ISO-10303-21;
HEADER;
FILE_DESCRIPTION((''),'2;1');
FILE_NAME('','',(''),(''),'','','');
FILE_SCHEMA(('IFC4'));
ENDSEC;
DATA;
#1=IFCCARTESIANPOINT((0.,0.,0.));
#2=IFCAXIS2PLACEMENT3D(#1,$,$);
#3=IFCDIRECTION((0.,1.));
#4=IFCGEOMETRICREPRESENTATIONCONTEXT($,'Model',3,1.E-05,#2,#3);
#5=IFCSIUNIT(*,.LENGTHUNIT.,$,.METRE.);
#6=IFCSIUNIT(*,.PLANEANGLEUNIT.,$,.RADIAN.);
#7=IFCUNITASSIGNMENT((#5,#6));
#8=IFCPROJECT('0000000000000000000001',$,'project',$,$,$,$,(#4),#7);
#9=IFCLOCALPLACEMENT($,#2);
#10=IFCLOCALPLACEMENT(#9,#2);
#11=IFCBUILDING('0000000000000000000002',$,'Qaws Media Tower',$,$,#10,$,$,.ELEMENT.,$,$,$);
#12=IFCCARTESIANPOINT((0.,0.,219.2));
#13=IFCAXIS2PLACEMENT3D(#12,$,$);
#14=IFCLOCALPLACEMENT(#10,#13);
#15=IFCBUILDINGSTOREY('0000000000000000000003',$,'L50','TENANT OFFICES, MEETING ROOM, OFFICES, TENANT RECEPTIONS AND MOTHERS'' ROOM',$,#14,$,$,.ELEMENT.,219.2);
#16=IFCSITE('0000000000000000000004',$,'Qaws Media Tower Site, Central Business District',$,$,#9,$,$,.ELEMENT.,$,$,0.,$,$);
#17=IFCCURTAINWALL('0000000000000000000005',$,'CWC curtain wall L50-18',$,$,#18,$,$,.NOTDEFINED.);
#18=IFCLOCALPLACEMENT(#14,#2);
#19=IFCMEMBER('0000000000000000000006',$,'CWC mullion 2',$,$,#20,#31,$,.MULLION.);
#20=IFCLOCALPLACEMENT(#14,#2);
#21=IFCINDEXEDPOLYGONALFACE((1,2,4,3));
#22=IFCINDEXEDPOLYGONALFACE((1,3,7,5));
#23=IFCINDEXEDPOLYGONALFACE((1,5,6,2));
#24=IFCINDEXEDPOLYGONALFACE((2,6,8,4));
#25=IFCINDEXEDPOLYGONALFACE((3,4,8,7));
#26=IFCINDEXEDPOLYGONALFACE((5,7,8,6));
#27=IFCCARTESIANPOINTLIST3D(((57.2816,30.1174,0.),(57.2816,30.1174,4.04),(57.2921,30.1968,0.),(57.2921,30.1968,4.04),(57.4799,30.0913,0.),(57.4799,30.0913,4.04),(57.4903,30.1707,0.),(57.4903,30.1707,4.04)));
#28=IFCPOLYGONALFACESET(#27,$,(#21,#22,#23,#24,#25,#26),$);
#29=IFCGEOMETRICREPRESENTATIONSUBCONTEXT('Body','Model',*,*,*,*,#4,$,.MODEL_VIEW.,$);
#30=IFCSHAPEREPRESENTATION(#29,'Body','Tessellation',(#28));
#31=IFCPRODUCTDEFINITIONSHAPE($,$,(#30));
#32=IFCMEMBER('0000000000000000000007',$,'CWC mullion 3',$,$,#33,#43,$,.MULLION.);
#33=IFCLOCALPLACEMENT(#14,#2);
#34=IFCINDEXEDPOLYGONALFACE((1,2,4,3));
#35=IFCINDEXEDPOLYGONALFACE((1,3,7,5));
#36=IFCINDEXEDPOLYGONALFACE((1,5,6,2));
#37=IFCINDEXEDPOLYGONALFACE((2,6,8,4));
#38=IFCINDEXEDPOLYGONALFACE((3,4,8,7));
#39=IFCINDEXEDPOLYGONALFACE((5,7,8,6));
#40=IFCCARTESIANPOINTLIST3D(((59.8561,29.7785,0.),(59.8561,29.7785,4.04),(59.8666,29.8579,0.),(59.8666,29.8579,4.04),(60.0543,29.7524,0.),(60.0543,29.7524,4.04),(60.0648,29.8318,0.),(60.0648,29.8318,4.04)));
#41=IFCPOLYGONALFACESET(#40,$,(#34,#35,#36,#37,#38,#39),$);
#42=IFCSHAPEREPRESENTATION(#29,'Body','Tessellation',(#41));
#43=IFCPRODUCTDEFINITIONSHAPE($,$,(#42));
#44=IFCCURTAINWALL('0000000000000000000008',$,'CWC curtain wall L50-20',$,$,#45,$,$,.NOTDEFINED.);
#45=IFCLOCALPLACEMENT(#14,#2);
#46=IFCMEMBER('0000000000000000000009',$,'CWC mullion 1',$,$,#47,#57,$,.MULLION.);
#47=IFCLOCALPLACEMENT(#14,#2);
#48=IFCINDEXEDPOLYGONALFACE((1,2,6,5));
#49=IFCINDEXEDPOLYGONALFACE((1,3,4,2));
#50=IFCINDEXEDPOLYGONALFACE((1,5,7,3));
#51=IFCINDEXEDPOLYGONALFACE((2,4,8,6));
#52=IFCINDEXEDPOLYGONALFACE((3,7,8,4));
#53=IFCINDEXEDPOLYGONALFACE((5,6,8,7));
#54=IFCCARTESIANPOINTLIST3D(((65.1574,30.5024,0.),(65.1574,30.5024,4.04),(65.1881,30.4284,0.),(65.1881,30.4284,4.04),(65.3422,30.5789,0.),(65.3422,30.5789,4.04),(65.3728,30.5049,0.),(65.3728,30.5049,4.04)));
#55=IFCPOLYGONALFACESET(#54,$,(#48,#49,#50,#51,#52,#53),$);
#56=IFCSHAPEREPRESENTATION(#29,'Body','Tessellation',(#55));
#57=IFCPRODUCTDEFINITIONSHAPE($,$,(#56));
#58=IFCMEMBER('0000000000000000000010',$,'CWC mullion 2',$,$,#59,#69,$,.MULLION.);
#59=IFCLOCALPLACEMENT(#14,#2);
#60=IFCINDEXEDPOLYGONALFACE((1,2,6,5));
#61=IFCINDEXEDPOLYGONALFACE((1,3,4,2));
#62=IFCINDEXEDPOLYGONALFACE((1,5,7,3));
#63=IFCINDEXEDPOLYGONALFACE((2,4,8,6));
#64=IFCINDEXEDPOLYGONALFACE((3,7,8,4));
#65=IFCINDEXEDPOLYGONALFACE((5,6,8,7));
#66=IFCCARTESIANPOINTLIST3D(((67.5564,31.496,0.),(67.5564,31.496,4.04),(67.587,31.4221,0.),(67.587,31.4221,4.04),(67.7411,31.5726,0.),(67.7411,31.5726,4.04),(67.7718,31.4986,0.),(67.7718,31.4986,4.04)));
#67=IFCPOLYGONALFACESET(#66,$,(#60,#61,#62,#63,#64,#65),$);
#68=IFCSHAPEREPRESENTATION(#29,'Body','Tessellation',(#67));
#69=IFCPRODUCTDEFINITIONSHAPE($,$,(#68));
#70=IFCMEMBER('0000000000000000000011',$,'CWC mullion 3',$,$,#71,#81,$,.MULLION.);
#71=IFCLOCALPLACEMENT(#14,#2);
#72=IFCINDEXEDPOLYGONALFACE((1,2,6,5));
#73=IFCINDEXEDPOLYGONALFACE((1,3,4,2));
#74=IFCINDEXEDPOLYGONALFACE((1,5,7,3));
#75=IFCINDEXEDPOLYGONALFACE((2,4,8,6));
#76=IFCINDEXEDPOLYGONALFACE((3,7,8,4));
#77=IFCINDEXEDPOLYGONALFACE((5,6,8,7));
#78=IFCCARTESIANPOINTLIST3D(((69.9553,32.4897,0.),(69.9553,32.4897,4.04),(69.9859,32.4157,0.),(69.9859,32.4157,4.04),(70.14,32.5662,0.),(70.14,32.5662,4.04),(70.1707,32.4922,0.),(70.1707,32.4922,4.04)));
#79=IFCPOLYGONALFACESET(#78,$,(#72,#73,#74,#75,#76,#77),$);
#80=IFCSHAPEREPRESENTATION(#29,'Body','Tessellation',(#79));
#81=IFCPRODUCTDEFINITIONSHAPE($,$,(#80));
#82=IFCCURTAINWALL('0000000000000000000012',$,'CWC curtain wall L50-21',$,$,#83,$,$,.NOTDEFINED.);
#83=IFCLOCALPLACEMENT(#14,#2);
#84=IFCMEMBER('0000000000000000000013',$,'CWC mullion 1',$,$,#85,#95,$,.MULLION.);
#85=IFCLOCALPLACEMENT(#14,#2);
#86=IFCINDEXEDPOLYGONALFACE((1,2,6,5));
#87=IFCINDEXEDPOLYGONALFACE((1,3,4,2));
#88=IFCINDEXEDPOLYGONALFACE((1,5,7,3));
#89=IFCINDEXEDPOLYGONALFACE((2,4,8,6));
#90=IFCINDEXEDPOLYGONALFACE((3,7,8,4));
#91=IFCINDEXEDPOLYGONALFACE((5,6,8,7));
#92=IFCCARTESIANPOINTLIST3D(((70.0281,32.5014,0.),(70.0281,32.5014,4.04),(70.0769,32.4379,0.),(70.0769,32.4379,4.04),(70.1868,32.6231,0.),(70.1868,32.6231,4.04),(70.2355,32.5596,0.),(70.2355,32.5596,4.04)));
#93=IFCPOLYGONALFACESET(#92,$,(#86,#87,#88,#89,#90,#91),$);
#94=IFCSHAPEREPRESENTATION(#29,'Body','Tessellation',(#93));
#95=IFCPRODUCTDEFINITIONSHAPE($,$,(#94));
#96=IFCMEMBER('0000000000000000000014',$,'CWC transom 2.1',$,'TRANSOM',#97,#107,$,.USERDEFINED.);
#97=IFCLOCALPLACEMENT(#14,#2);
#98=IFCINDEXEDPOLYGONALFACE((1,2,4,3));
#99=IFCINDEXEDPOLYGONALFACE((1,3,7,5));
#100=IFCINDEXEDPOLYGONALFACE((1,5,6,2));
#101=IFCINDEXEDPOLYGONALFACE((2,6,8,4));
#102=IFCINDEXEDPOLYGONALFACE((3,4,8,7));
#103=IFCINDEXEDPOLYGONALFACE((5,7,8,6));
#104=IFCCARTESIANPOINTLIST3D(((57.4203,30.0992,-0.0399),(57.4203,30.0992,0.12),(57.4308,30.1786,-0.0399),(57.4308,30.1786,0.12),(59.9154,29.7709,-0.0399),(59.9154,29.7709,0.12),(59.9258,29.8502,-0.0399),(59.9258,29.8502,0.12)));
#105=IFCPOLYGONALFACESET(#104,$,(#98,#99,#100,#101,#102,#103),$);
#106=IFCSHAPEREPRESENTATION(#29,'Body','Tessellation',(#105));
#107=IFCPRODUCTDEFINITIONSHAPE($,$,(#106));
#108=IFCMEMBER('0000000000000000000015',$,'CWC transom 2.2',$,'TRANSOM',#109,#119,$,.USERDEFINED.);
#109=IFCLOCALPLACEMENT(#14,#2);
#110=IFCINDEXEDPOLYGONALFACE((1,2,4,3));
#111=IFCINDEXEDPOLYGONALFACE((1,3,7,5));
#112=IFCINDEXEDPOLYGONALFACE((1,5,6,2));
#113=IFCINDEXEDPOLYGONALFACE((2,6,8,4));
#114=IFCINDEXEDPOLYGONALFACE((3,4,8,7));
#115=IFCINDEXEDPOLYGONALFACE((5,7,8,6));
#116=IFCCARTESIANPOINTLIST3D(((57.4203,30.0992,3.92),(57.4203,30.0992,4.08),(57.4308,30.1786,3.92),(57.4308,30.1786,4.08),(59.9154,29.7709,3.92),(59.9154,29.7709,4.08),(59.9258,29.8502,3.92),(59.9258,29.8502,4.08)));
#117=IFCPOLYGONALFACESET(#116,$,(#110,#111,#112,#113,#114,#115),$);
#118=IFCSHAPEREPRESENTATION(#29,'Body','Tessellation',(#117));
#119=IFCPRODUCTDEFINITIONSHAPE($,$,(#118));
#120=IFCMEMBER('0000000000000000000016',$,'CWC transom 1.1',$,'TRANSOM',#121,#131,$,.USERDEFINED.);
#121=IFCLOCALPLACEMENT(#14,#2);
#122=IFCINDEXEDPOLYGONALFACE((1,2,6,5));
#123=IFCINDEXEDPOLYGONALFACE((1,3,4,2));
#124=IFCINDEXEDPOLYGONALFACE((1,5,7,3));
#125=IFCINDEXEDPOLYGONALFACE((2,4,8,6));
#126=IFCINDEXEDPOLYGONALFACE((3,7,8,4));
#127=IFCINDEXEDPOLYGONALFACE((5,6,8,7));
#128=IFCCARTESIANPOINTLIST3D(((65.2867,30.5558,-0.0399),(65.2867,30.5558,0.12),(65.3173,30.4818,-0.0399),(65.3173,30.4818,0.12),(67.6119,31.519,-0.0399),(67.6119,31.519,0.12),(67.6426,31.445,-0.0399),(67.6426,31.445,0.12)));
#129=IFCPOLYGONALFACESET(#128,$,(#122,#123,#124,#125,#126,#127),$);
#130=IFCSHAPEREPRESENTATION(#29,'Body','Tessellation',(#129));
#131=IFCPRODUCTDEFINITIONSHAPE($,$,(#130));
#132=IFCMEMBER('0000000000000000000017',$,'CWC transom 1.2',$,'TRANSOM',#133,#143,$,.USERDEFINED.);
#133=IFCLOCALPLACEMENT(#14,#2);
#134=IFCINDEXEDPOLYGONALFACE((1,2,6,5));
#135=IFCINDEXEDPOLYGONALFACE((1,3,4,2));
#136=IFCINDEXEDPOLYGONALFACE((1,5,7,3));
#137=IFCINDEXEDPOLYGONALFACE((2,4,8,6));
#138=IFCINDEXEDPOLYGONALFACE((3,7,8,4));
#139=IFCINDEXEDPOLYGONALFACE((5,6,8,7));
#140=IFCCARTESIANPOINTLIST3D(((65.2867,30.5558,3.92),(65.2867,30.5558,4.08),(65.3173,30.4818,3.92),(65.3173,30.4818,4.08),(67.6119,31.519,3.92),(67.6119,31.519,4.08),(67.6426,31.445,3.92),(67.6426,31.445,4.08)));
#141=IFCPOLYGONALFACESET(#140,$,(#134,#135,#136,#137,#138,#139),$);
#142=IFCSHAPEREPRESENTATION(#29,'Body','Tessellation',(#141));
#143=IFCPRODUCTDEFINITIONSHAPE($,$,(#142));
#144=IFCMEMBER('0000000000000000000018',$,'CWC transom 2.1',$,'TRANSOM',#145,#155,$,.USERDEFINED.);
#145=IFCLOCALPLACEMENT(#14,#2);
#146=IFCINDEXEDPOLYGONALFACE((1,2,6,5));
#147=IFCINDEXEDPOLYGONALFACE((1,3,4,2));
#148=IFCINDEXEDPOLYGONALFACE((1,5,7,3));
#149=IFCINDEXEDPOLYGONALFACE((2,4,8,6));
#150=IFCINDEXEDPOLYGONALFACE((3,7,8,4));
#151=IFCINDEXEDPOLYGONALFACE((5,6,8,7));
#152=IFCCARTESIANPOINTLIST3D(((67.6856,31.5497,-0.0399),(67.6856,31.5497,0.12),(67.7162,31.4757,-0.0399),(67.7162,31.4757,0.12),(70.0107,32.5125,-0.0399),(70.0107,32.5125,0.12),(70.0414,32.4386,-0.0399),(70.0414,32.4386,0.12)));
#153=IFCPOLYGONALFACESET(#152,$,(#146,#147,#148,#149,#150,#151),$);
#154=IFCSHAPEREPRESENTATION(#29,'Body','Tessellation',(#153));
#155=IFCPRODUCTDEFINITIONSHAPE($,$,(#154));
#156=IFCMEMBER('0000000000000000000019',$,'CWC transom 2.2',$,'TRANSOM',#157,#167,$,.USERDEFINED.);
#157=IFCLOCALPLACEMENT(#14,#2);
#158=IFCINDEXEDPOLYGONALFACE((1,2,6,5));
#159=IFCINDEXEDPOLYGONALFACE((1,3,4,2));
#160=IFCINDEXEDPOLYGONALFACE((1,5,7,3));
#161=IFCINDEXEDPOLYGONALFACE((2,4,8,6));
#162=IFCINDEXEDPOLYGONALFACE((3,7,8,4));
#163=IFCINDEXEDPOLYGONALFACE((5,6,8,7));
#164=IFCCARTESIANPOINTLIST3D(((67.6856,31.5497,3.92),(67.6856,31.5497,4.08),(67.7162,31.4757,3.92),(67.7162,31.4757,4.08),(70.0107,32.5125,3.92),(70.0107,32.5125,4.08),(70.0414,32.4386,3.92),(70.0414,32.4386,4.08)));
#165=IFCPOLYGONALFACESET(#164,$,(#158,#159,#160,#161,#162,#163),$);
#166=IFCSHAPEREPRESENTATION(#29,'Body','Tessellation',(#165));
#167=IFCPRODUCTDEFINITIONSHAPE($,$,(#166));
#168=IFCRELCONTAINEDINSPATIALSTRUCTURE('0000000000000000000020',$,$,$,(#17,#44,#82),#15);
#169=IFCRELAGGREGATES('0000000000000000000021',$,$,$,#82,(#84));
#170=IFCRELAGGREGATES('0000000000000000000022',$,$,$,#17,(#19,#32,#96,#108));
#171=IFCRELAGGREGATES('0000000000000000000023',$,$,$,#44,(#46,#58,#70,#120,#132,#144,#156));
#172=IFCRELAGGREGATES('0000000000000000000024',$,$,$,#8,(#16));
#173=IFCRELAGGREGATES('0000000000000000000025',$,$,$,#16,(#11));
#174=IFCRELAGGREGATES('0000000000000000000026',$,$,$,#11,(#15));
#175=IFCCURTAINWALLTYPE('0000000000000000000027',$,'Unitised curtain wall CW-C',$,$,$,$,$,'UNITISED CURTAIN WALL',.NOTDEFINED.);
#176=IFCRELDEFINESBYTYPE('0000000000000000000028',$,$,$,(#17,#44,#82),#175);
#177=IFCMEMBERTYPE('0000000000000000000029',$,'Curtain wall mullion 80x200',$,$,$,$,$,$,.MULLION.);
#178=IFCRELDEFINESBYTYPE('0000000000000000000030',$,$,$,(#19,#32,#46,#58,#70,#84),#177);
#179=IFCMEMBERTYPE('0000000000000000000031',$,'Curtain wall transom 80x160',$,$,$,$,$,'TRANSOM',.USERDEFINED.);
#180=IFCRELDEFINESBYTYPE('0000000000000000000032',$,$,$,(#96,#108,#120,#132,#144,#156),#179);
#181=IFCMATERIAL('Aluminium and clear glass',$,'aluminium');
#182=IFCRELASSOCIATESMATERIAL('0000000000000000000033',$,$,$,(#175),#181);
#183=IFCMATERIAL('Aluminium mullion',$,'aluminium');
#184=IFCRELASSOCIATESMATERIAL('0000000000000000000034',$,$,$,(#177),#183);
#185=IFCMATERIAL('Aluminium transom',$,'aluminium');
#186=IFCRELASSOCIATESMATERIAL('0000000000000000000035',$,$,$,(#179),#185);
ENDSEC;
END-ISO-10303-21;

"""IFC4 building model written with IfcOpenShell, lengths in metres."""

from ifc_helpers import new_model, si_unit, direction, frame, origin, origin_2d, place, context, subcontext, project, spatial, rectangle, extrude, material, material_profile, profile_set, type_object, element, aggregate, save


model = new_model("IFC4")

# Units and contexts
model_context = context("Model", 3, precision=1e-05, world=origin(), true_north=direction((0.0, 1.0)))
body_context = subcontext(model_context, "Body", "Model", "MODEL_VIEW")
ifc_project = project(units=[si_unit("LENGTHUNIT", "METRE"), si_unit("PLANEANGLEUNIT", "RADIAN")], contexts=[model_context])

# Site, building, storey
site_placement = place(None, origin())
site = spatial("IfcSite", under=ifc_project, at=site_placement, Name="Qaws Media Tower Site, Central Business District", CompositionType="ELEMENT", RefElevation=0.0)
building_placement = place(site_placement, origin())
building = spatial("IfcBuilding", under=site, at=building_placement, Name="Qaws Media Tower", CompositionType="ELEMENT")
storey_placement = place(building_placement, frame((0.0, 0.0, 219.2)))
storey = spatial("IfcBuildingStorey", under=building, at=storey_placement, Name="L50", Description="TENANT OFFICES, MEETING ROOM, OFFICES, TENANT RECEPTIONS AND MOTHERS' ROOM", CompositionType="ELEMENT", Elevation=219.2)

# Curtain walls, members
ifc_material_1 = material(Name="Aluminium and clear glass", Category="aluminium")
curtain_wall_type = type_object("IfcCurtainWallType", Name="Unitised curtain wall CW-C", ElementType="UNITISED CURTAIN WALL", PredefinedType="NOTDEFINED", material=ifc_material_1)
curtain_wall_1_placement = place(storey_placement, origin())
curtain_wall_1 = element("IfcCurtainWall", 1, at=curtain_wall_1_placement, inside=storey, type_object=curtain_wall_type, Name="CWC curtain wall L50-18", PredefinedType="NOTDEFINED")
ifc_material_2 = material(Name="Aluminium mullion", Category="aluminium")
ifc_material_profile_1 = material_profile(ifc_material_2, rectangle(XDim=0.0801, YDim=0.2, at=origin_2d()), Name="80x200")
ifc_profile_set_1 = profile_set([ifc_material_profile_1], Name="Aluminium mullion")
member_type_1 = type_object("IfcMemberType", Name="Curtain wall mullion 80x200", PredefinedType="MULLION", material=ifc_profile_set_1)
member_1_placement = place(storey_placement, frame((57.386, 30.144, 0.0), z_axis=(0.0, 0.0, 1.0), x_axis=(0.130526, 0.991445, 0.0)))
member_1 = element("IfcMember", 2, at=member_1_placement, type_object=member_type_1, Name="CWC mullion 2", PredefinedType="MULLION", context=body_context, shape_type="SweptSolid", body=[
    extrude(rectangle(XDim=0.0801, YDim=0.2, at=origin_2d()), origin(), (0.0, 0.0, 1.0), 4.04),
])
member_2_placement = place(storey_placement, frame((59.9604, 29.8052, 0.0), z_axis=(0.0, 0.0, 1.0), x_axis=(0.130526, 0.991445, 0.0)))
member_2 = element("IfcMember", 3, at=member_2_placement, type_object=member_type_1, Name="CWC mullion 3", PredefinedType="MULLION", context=body_context, shape_type="SweptSolid", body=[
    extrude(rectangle(XDim=0.0801, YDim=0.2, at=origin_2d()), origin(), (0.0, 0.0, 1.0), 4.04),
])
curtain_wall_2_placement = place(storey_placement, origin())
curtain_wall_2 = element("IfcCurtainWall", 4, at=curtain_wall_2_placement, inside=storey, type_object=curtain_wall_type, Name="CWC curtain wall L50-20", PredefinedType="NOTDEFINED")
member_3_placement = place(storey_placement, frame((65.2651, 30.5037, 0.0), z_axis=(0.0, 0.0, 1.0), x_axis=(-0.382684, 0.923879, 0.0)))
member_3 = element("IfcMember", 5, at=member_3_placement, type_object=member_type_1, Name="CWC mullion 1", PredefinedType="MULLION", context=body_context, shape_type="SweptSolid", body=[
    extrude(rectangle(XDim=0.0801, YDim=0.2, at=origin_2d()), origin(), (0.0, 0.0, 1.0), 4.04),
])
member_4_placement = place(storey_placement, frame((67.6641, 31.4973, 0.0), z_axis=(0.0, 0.0, 1.0), x_axis=(-0.382684, 0.923879, 0.0)))
member_4 = element("IfcMember", 6, at=member_4_placement, type_object=member_type_1, Name="CWC mullion 2", PredefinedType="MULLION", context=body_context, shape_type="SweptSolid", body=[
    extrude(rectangle(XDim=0.0801, YDim=0.2, at=origin_2d()), origin(), (0.0, 0.0, 1.0), 4.04),
])
member_5_placement = place(storey_placement, frame((70.063, 32.491, 0.0), z_axis=(0.0, 0.0, 1.0), x_axis=(-0.382684, 0.923879, 0.0)))
member_5 = element("IfcMember", 7, at=member_5_placement, type_object=member_type_1, Name="CWC mullion 3", PredefinedType="MULLION", context=body_context, shape_type="SweptSolid", body=[
    extrude(rectangle(XDim=0.0801, YDim=0.2, at=origin_2d()), origin(), (0.0, 0.0, 1.0), 4.04),
])

# Curtain wall, member
curtain_wall_3_placement = place(storey_placement, origin())
curtain_wall_3 = element("IfcCurtainWall", 8, at=curtain_wall_3_placement, inside=storey, type_object=curtain_wall_type, Name="CWC curtain wall L50-21", PredefinedType="NOTDEFINED")
member_6_placement = place(storey_placement, frame((70.1318, 32.5305, 0.0), z_axis=(0.0, 0.0, 1.0), x_axis=(-0.608761, 0.793353, 0.0)))
member_6 = element("IfcMember", 9, at=member_6_placement, type_object=member_type_1, Name="CWC mullion 1", PredefinedType="MULLION", context=body_context, shape_type="SweptSolid", body=[
    extrude(rectangle(XDim=0.0801, YDim=0.2, at=origin_2d()), origin(), (0.0, 0.0, 1.0), 4.04),
])
aggregate(curtain_wall_3, [member_6])

# Members
ifc_material_3 = material(Name="Aluminium transom", Category="aluminium")
ifc_material_profile_2 = material_profile(ifc_material_3, rectangle(XDim=0.0801, YDim=0.1599, at=origin_2d()), Name="80x160")
ifc_profile_set_2 = profile_set([ifc_material_profile_2], Name="Aluminium transom")
member_type_2 = type_object("IfcMemberType", Name="Curtain wall transom 80x160", ElementType="TRANSOM", PredefinedType="USERDEFINED", material=ifc_profile_set_2)
member_7_placement = place(storey_placement, frame((57.4255, 30.1389, 0.04), z_axis=(0.991451, -0.13048, 0.0), x_axis=(0.13048, 0.991451, 0.0)))
member_7 = element("IfcMember", 10, at=member_7_placement, type_object=member_type_2, Name="CWC transom 2.1", ObjectType="TRANSOM", PredefinedType="USERDEFINED", context=body_context, shape_type="SweptSolid", body=[
    extrude(rectangle(XDim=0.0801, YDim=0.1599, at=origin_2d()), origin(), (0.0, 0.0, 1.0), 2.5166),
])
member_8_placement = place(storey_placement, frame((57.4255, 30.1389, 4.0), z_axis=(0.991451, -0.13048, 0.0), x_axis=(0.13048, 0.991451, 0.0)))
member_8 = element("IfcMember", 11, at=member_8_placement, type_object=member_type_2, Name="CWC transom 2.2", ObjectType="TRANSOM", PredefinedType="USERDEFINED", context=body_context, shape_type="SweptSolid", body=[
    extrude(rectangle(XDim=0.0801, YDim=0.1599, at=origin_2d()), origin(), (0.0, 0.0, 1.0), 2.5166),
])
member_9_placement = place(storey_placement, frame((65.302, 30.5188, 0.04), z_axis=(0.923879, 0.382686, 0.0), x_axis=(-0.382686, 0.923879, 0.0)))
member_9 = element("IfcMember", 12, at=member_9_placement, type_object=member_type_2, Name="CWC transom 1.1", ObjectType="TRANSOM", PredefinedType="USERDEFINED", context=body_context, shape_type="SweptSolid", body=[
    extrude(rectangle(XDim=0.0801, YDim=0.1599, at=origin_2d()), origin(), (0.0, 0.0, 1.0), 2.5168),
])
member_10_placement = place(storey_placement, frame((65.302, 30.5188, 4.0), z_axis=(0.923879, 0.382686, 0.0), x_axis=(-0.382686, 0.923879, 0.0)))
member_10 = element("IfcMember", 13, at=member_10_placement, type_object=member_type_2, Name="CWC transom 1.2", ObjectType="TRANSOM", PredefinedType="USERDEFINED", context=body_context, shape_type="SweptSolid", body=[
    extrude(rectangle(XDim=0.0801, YDim=0.1599, at=origin_2d()), origin(), (0.0, 0.0, 1.0), 2.5168),
])
member_11_placement = place(storey_placement, frame((67.7009, 31.5127, 0.04), z_axis=(0.923913, 0.382603, 0.0), x_axis=(-0.382603, 0.923913, 0.0)))
member_11 = element("IfcMember", 14, at=member_11_placement, type_object=member_type_2, Name="CWC transom 2.1", ObjectType="TRANSOM", PredefinedType="USERDEFINED", context=body_context, shape_type="SweptSolid", body=[
    extrude(rectangle(XDim=0.0801, YDim=0.1599, at=origin_2d()), origin(), (0.0, 0.0, 1.0), 2.5166),
])
member_12_placement = place(storey_placement, frame((67.7009, 31.5127, 4.0), z_axis=(0.923913, 0.382603, 0.0), x_axis=(-0.382603, 0.923913, 0.0)))
member_12 = element("IfcMember", 15, at=member_12_placement, type_object=member_type_2, Name="CWC transom 2.2", ObjectType="TRANSOM", PredefinedType="USERDEFINED", context=body_context, shape_type="SweptSolid", body=[
    extrude(rectangle(XDim=0.0801, YDim=0.1599, at=origin_2d()), origin(), (0.0, 0.0, 1.0), 2.5166),
])

aggregate(curtain_wall_1, [member_1, member_2, member_7, member_8])
aggregate(curtain_wall_2, [member_3, member_4, member_5, member_9, member_10, member_11, member_12])

save(model, "model.ifc")
